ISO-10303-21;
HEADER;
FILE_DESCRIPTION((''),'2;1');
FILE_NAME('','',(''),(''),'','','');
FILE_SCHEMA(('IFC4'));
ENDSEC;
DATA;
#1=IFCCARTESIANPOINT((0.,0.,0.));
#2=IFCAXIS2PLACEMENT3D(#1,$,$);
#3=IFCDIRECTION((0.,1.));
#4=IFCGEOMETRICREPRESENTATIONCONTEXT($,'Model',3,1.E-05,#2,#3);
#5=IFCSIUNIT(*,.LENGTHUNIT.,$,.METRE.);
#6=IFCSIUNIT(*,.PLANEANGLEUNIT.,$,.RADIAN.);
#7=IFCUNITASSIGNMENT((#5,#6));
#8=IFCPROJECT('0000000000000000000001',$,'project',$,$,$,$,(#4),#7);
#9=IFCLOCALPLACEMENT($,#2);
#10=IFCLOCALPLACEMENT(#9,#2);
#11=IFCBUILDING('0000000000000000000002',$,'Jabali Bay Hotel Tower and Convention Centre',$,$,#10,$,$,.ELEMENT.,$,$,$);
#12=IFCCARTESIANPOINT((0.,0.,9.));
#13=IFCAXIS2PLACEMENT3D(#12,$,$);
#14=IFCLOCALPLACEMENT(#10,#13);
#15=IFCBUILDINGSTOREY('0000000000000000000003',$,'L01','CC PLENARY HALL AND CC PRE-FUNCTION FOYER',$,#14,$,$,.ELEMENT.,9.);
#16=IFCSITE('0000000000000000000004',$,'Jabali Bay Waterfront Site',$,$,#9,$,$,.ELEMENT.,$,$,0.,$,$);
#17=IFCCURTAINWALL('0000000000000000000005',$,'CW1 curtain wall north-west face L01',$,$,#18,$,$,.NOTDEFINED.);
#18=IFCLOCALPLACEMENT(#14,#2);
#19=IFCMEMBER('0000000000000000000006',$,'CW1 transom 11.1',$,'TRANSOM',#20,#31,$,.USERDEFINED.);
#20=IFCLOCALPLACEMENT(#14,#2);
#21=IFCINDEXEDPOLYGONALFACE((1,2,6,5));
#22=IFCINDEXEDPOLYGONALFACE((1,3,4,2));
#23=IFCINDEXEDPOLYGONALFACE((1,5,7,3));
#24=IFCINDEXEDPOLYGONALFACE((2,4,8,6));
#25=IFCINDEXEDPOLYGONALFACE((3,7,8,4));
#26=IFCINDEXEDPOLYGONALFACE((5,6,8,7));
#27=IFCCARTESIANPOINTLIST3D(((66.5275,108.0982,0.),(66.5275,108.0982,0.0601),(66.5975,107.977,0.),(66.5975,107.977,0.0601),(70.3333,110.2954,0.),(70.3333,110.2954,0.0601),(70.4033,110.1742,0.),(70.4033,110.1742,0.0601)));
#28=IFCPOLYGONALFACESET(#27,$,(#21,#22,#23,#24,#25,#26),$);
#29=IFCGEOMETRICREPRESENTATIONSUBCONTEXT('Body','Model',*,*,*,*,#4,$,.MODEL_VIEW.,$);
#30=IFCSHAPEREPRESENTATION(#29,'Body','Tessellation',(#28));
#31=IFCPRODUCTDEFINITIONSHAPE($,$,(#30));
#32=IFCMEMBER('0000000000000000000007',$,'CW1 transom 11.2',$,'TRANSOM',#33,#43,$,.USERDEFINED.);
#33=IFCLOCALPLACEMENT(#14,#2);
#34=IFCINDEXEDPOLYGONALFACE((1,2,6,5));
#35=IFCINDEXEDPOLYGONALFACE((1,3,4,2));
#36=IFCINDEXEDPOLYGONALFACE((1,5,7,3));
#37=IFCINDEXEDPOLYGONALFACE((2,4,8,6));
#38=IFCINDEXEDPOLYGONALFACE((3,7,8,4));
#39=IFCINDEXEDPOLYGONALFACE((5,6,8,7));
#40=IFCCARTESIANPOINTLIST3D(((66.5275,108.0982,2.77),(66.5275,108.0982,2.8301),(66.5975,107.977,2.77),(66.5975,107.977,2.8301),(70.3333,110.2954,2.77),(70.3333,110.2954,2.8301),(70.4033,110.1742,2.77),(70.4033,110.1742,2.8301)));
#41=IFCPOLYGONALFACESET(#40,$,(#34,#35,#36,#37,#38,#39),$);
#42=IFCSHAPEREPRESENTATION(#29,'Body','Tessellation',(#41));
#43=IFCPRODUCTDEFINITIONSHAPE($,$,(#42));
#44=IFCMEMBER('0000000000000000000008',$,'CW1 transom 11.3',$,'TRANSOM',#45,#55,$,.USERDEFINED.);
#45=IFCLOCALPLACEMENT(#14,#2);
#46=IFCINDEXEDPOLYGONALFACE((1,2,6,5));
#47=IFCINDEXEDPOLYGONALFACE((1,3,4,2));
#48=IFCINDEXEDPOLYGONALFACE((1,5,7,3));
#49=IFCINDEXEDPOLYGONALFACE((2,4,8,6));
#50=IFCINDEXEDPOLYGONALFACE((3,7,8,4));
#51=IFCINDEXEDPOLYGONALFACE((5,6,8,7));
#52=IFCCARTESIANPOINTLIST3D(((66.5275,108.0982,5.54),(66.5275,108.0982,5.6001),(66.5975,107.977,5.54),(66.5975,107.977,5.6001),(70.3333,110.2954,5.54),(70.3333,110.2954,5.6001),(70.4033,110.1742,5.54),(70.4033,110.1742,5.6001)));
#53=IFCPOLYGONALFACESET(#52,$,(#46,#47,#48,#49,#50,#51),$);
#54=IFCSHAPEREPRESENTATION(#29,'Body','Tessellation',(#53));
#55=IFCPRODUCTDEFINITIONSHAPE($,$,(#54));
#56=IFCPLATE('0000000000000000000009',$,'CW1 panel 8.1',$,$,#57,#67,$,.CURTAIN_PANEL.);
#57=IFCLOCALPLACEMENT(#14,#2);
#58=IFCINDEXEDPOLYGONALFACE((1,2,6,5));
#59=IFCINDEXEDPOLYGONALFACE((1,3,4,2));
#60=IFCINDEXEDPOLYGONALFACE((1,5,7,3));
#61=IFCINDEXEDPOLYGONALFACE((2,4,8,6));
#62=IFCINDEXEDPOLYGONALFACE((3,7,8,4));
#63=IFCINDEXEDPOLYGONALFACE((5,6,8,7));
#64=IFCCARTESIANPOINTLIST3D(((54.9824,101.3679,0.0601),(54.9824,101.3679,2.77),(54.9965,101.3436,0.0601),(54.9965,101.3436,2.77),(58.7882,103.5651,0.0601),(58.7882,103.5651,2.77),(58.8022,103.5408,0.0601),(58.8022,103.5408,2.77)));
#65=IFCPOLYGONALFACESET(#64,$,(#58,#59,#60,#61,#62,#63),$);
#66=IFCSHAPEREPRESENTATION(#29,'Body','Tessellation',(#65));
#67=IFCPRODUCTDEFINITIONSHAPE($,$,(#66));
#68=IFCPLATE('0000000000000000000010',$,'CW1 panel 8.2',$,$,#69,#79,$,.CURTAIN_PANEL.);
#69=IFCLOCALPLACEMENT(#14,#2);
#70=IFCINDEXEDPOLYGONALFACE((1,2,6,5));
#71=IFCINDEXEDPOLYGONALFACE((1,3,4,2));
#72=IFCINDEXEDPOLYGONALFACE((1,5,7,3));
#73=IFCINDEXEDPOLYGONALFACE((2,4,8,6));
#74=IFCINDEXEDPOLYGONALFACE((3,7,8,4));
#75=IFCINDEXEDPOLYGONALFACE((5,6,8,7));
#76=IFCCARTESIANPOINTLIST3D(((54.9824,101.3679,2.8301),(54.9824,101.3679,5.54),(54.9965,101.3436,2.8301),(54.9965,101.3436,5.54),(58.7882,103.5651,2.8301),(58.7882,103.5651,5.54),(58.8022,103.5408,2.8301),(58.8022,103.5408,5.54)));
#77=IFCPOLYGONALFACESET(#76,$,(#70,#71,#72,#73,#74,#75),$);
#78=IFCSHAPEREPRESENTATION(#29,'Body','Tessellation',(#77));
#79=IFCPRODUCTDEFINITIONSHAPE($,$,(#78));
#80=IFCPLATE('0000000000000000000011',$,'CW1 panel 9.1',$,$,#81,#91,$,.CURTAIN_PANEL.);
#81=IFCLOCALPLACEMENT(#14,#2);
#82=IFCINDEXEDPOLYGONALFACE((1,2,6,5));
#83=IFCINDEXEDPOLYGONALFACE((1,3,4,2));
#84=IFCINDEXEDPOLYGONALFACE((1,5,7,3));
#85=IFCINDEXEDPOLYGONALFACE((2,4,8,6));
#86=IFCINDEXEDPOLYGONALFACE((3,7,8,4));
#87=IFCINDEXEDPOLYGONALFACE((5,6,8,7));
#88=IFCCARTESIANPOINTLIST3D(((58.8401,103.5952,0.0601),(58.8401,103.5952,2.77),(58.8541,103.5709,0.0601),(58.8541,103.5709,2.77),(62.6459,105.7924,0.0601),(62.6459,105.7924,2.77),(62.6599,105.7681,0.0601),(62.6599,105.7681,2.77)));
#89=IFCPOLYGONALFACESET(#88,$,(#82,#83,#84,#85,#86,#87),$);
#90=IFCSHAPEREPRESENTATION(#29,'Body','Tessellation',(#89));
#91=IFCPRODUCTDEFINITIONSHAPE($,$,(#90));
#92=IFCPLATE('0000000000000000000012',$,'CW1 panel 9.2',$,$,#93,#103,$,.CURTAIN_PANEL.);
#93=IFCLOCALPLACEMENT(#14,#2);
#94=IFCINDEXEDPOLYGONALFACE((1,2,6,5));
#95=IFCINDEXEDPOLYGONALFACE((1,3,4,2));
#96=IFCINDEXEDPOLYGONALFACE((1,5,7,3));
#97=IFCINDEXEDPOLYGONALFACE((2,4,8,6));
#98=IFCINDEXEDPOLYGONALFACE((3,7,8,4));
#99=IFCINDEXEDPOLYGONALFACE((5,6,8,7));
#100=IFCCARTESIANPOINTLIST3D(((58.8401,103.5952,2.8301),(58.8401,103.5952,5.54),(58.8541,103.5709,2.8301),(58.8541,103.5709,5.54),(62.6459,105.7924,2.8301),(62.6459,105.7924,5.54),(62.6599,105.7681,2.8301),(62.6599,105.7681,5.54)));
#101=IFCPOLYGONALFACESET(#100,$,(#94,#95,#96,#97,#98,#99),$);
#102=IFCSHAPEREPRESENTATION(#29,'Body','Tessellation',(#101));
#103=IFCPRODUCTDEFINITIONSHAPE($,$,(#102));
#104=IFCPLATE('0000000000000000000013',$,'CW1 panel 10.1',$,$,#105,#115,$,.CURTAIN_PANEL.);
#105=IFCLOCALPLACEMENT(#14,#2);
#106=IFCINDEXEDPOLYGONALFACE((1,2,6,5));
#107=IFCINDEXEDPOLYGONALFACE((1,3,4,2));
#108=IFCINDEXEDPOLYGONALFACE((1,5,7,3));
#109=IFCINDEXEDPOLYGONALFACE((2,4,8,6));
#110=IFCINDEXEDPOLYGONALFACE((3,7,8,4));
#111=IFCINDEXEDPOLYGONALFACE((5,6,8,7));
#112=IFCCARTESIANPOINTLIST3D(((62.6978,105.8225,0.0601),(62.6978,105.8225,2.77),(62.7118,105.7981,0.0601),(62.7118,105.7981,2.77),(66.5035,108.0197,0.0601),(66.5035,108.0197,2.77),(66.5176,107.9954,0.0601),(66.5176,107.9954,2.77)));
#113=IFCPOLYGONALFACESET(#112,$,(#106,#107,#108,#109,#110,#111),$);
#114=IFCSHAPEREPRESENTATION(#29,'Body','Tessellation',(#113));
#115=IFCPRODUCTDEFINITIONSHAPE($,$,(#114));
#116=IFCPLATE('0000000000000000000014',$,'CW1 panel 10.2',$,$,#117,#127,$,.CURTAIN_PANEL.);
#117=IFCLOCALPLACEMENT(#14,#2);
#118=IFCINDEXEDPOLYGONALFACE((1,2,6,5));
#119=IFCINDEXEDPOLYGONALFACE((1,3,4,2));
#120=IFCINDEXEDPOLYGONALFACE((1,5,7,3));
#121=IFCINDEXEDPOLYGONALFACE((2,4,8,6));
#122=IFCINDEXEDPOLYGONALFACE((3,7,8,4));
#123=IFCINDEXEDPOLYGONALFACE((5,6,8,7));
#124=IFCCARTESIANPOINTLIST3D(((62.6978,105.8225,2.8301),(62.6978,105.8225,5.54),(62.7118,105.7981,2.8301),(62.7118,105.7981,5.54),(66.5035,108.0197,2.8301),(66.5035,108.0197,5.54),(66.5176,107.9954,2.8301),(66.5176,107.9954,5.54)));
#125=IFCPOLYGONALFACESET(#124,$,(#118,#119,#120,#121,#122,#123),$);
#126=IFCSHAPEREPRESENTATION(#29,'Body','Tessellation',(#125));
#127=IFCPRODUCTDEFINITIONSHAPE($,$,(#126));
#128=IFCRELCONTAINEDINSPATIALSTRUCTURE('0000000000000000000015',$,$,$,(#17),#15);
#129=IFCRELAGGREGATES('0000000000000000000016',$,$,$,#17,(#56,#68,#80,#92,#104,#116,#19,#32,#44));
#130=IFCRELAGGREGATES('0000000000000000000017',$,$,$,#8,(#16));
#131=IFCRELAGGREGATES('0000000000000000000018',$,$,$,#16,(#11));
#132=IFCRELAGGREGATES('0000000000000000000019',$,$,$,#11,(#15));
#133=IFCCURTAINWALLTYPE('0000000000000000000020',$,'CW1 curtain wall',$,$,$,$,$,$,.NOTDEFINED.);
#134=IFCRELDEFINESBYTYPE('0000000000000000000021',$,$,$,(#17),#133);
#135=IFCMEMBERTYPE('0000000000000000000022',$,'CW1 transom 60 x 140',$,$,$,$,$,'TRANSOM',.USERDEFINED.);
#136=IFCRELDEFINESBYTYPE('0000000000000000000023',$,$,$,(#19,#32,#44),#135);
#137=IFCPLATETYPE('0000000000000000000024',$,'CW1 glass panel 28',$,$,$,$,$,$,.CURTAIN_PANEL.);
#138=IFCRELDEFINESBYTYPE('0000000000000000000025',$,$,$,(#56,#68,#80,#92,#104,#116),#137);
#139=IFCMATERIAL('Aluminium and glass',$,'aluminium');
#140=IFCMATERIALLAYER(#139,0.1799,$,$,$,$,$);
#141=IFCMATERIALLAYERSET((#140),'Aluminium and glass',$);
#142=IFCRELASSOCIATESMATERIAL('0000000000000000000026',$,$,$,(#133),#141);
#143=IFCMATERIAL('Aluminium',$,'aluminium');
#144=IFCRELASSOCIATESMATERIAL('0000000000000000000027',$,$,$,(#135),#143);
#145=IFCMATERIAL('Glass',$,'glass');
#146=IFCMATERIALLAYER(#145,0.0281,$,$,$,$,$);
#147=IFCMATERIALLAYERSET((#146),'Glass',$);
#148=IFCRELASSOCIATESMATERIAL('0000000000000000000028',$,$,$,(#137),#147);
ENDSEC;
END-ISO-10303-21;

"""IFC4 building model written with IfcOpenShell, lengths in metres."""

from ifc_helpers import new_model, si_unit, direction, frame, origin, origin_2d, place, context, subcontext, project, spatial, rectangle, extrude, material, layer, layer_set, material_profile, profile_set, type_object, element, aggregate, save


model = new_model("IFC4")

# Units and contexts
model_context = context("Model", 3, precision=1e-05, world=origin(), true_north=direction((0.0, 1.0)))
body_context = subcontext(model_context, "Body", "Model", "MODEL_VIEW")
ifc_project = project(units=[si_unit("LENGTHUNIT", "METRE"), si_unit("PLANEANGLEUNIT", "RADIAN")], contexts=[model_context])

# Site, building, storey
site_placement = place(None, origin())
site = spatial("IfcSite", under=ifc_project, at=site_placement, Name="Jabali Bay Waterfront Site", CompositionType="ELEMENT", RefElevation=0.0)
building_placement = place(site_placement, origin())
building = spatial("IfcBuilding", under=site, at=building_placement, Name="Jabali Bay Hotel Tower and Convention Centre", CompositionType="ELEMENT")
storey_placement = place(building_placement, frame((0.0, 0.0, 9.0)))
storey = spatial("IfcBuildingStorey", under=building, at=storey_placement, Name="L01", Description="CC PLENARY HALL AND CC PRE-FUNCTION FOYER", CompositionType="ELEMENT", Elevation=9.0)

# Curtain wall, members, plates
ifc_material_1 = material(Name="Aluminium and glass", Category="aluminium")
ifc_layer_1 = layer(ifc_material_1, 0.1799)
ifc_layer_set_1 = layer_set([ifc_layer_1], Name="Aluminium and glass")
curtain_wall_type = type_object("IfcCurtainWallType", Name="CW1 curtain wall", PredefinedType="NOTDEFINED", material=ifc_layer_set_1)
curtain_wall_placement = place(storey_placement, origin())
curtain_wall = element("IfcCurtainWall", 1, at=curtain_wall_placement, inside=storey, type_object=curtain_wall_type, Name="CW1 curtain wall north-west face L01", PredefinedType="NOTDEFINED")
ifc_material_2 = material(Name="Aluminium", Category="aluminium")
ifc_material_profile_1 = material_profile(ifc_material_2, rectangle(XDim=0.1399, YDim=0.0601, at=origin_2d()), Name="CW1 transom 60 x 140")
ifc_profile_set_1 = profile_set([ifc_material_profile_1], Name="Aluminium")
member_type_1 = type_object("IfcMemberType", Name="CW1 transom 60 x 140", ElementType="TRANSOM", PredefinedType="USERDEFINED", material=ifc_profile_set_1)
member_1_placement = place(storey_placement, frame((66.5625, 108.0376, 0.03), z_axis=(0.866033, 0.499987, 0.0), x_axis=(-0.499987, 0.866033, 0.0)))
member_1 = element("IfcMember", 2, at=member_1_placement, type_object=member_type_1, Name="CW1 transom 11.1", ObjectType="TRANSOM", PredefinedType="USERDEFINED", context=body_context, shape_type="SweptSolid", body=[
    extrude(rectangle(XDim=0.1399, YDim=0.0601, at=origin_2d()), origin(), (0.0, 0.0, 1.0), 4.3945),
])
member_2_placement = place(storey_placement, frame((66.5625, 108.0376, 2.8), z_axis=(0.866033, 0.499987, 0.0), x_axis=(-0.499987, 0.866033, 0.0)))
member_2 = element("IfcMember", 3, at=member_2_placement, type_object=member_type_1, Name="CW1 transom 11.2", ObjectType="TRANSOM", PredefinedType="USERDEFINED", context=body_context, shape_type="SweptSolid", body=[
    extrude(rectangle(XDim=0.1399, YDim=0.0601, at=origin_2d()), origin(), (0.0, 0.0, 1.0), 4.3945),
])
member_3_placement = place(storey_placement, frame((66.5625, 108.0376, 5.5701), z_axis=(0.866033, 0.499987, 0.0), x_axis=(-0.499987, 0.866033, 0.0)))
member_3 = element("IfcMember", 4, at=member_3_placement, type_object=member_type_1, Name="CW1 transom 11.3", ObjectType="TRANSOM", PredefinedType="USERDEFINED", context=body_context, shape_type="SweptSolid", body=[
    extrude(rectangle(XDim=0.1399, YDim=0.0601, at=origin_2d()), origin(), (0.0, 0.0, 1.0), 4.3945),
])
ifc_material_3 = material(Name="Glass", Category="glass")
ifc_layer_2 = layer(ifc_material_3, 0.0281)
ifc_layer_set_2 = layer_set([ifc_layer_2], Name="Glass")
plate_type = type_object("IfcPlateType", Name="CW1 glass panel 28", PredefinedType="CURTAIN_PANEL", material=ifc_layer_set_2)
plate_1_placement = place(storey_placement, frame((56.8923, 102.4543, 0.0601), z_axis=(0.0, 0.0, 1.0), x_axis=(0.866025, 0.5, 0.0)))
plate_1 = element("IfcPlate", 5, at=plate_1_placement, type_object=plate_type, Name="CW1 panel 8.1", PredefinedType="CURTAIN_PANEL", context=body_context, shape_type="SweptSolid", body=[
    extrude(rectangle(XDim=4.3945, YDim=0.0281, at=origin_2d()), origin(), (0.0, 0.0, 1.0), 2.71),
])
plate_2_placement = place(storey_placement, frame((56.8923, 102.4543, 2.8301), z_axis=(0.0, 0.0, 1.0), x_axis=(0.866025, 0.5, 0.0)))
plate_2 = element("IfcPlate", 6, at=plate_2_placement, type_object=plate_type, Name="CW1 panel 8.2", PredefinedType="CURTAIN_PANEL", context=body_context, shape_type="SweptSolid", body=[
    extrude(rectangle(XDim=4.3945, YDim=0.0281, at=origin_2d()), origin(), (0.0, 0.0, 1.0), 2.71),
])
plate_3_placement = place(storey_placement, frame((60.75, 104.6816, 0.0601), z_axis=(0.0, 0.0, 1.0), x_axis=(0.866025, 0.5, 0.0)))
plate_3 = element("IfcPlate", 7, at=plate_3_placement, type_object=plate_type, Name="CW1 panel 9.1", PredefinedType="CURTAIN_PANEL", context=body_context, shape_type="SweptSolid", body=[
    extrude(rectangle(XDim=4.3945, YDim=0.0281, at=origin_2d()), origin(), (0.0, 0.0, 1.0), 2.71),
])
plate_4_placement = place(storey_placement, frame((60.75, 104.6816, 2.8301), z_axis=(0.0, 0.0, 1.0), x_axis=(0.866025, 0.5, 0.0)))
plate_4 = element("IfcPlate", 8, at=plate_4_placement, type_object=plate_type, Name="CW1 panel 9.2", PredefinedType="CURTAIN_PANEL", context=body_context, shape_type="SweptSolid", body=[
    extrude(rectangle(XDim=4.3945, YDim=0.0281, at=origin_2d()), origin(), (0.0, 0.0, 1.0), 2.71),
])
plate_5_placement = place(storey_placement, frame((64.6077, 106.9089, 0.0601), z_axis=(0.0, 0.0, 1.0), x_axis=(0.866025, 0.5, 0.0)))
plate_5 = element("IfcPlate", 9, at=plate_5_placement, type_object=plate_type, Name="CW1 panel 10.1", PredefinedType="CURTAIN_PANEL", context=body_context, shape_type="SweptSolid", body=[
    extrude(rectangle(XDim=4.3945, YDim=0.0281, at=origin_2d()), origin(), (0.0, 0.0, 1.0), 2.71),
])
plate_6_placement = place(storey_placement, frame((64.6077, 106.9089, 2.8301), z_axis=(0.0, 0.0, 1.0), x_axis=(0.866025, 0.5, 0.0)))
plate_6 = element("IfcPlate", 10, at=plate_6_placement, type_object=plate_type, Name="CW1 panel 10.2", PredefinedType="CURTAIN_PANEL", context=body_context, shape_type="SweptSolid", body=[
    extrude(rectangle(XDim=4.3945, YDim=0.0281, at=origin_2d()), origin(), (0.0, 0.0, 1.0), 2.71),
])
aggregate(curtain_wall, [plate_1, plate_2, plate_3, plate_4, plate_5, plate_6, member_1, member_2, member_3])

save(model, "model.ifc")
